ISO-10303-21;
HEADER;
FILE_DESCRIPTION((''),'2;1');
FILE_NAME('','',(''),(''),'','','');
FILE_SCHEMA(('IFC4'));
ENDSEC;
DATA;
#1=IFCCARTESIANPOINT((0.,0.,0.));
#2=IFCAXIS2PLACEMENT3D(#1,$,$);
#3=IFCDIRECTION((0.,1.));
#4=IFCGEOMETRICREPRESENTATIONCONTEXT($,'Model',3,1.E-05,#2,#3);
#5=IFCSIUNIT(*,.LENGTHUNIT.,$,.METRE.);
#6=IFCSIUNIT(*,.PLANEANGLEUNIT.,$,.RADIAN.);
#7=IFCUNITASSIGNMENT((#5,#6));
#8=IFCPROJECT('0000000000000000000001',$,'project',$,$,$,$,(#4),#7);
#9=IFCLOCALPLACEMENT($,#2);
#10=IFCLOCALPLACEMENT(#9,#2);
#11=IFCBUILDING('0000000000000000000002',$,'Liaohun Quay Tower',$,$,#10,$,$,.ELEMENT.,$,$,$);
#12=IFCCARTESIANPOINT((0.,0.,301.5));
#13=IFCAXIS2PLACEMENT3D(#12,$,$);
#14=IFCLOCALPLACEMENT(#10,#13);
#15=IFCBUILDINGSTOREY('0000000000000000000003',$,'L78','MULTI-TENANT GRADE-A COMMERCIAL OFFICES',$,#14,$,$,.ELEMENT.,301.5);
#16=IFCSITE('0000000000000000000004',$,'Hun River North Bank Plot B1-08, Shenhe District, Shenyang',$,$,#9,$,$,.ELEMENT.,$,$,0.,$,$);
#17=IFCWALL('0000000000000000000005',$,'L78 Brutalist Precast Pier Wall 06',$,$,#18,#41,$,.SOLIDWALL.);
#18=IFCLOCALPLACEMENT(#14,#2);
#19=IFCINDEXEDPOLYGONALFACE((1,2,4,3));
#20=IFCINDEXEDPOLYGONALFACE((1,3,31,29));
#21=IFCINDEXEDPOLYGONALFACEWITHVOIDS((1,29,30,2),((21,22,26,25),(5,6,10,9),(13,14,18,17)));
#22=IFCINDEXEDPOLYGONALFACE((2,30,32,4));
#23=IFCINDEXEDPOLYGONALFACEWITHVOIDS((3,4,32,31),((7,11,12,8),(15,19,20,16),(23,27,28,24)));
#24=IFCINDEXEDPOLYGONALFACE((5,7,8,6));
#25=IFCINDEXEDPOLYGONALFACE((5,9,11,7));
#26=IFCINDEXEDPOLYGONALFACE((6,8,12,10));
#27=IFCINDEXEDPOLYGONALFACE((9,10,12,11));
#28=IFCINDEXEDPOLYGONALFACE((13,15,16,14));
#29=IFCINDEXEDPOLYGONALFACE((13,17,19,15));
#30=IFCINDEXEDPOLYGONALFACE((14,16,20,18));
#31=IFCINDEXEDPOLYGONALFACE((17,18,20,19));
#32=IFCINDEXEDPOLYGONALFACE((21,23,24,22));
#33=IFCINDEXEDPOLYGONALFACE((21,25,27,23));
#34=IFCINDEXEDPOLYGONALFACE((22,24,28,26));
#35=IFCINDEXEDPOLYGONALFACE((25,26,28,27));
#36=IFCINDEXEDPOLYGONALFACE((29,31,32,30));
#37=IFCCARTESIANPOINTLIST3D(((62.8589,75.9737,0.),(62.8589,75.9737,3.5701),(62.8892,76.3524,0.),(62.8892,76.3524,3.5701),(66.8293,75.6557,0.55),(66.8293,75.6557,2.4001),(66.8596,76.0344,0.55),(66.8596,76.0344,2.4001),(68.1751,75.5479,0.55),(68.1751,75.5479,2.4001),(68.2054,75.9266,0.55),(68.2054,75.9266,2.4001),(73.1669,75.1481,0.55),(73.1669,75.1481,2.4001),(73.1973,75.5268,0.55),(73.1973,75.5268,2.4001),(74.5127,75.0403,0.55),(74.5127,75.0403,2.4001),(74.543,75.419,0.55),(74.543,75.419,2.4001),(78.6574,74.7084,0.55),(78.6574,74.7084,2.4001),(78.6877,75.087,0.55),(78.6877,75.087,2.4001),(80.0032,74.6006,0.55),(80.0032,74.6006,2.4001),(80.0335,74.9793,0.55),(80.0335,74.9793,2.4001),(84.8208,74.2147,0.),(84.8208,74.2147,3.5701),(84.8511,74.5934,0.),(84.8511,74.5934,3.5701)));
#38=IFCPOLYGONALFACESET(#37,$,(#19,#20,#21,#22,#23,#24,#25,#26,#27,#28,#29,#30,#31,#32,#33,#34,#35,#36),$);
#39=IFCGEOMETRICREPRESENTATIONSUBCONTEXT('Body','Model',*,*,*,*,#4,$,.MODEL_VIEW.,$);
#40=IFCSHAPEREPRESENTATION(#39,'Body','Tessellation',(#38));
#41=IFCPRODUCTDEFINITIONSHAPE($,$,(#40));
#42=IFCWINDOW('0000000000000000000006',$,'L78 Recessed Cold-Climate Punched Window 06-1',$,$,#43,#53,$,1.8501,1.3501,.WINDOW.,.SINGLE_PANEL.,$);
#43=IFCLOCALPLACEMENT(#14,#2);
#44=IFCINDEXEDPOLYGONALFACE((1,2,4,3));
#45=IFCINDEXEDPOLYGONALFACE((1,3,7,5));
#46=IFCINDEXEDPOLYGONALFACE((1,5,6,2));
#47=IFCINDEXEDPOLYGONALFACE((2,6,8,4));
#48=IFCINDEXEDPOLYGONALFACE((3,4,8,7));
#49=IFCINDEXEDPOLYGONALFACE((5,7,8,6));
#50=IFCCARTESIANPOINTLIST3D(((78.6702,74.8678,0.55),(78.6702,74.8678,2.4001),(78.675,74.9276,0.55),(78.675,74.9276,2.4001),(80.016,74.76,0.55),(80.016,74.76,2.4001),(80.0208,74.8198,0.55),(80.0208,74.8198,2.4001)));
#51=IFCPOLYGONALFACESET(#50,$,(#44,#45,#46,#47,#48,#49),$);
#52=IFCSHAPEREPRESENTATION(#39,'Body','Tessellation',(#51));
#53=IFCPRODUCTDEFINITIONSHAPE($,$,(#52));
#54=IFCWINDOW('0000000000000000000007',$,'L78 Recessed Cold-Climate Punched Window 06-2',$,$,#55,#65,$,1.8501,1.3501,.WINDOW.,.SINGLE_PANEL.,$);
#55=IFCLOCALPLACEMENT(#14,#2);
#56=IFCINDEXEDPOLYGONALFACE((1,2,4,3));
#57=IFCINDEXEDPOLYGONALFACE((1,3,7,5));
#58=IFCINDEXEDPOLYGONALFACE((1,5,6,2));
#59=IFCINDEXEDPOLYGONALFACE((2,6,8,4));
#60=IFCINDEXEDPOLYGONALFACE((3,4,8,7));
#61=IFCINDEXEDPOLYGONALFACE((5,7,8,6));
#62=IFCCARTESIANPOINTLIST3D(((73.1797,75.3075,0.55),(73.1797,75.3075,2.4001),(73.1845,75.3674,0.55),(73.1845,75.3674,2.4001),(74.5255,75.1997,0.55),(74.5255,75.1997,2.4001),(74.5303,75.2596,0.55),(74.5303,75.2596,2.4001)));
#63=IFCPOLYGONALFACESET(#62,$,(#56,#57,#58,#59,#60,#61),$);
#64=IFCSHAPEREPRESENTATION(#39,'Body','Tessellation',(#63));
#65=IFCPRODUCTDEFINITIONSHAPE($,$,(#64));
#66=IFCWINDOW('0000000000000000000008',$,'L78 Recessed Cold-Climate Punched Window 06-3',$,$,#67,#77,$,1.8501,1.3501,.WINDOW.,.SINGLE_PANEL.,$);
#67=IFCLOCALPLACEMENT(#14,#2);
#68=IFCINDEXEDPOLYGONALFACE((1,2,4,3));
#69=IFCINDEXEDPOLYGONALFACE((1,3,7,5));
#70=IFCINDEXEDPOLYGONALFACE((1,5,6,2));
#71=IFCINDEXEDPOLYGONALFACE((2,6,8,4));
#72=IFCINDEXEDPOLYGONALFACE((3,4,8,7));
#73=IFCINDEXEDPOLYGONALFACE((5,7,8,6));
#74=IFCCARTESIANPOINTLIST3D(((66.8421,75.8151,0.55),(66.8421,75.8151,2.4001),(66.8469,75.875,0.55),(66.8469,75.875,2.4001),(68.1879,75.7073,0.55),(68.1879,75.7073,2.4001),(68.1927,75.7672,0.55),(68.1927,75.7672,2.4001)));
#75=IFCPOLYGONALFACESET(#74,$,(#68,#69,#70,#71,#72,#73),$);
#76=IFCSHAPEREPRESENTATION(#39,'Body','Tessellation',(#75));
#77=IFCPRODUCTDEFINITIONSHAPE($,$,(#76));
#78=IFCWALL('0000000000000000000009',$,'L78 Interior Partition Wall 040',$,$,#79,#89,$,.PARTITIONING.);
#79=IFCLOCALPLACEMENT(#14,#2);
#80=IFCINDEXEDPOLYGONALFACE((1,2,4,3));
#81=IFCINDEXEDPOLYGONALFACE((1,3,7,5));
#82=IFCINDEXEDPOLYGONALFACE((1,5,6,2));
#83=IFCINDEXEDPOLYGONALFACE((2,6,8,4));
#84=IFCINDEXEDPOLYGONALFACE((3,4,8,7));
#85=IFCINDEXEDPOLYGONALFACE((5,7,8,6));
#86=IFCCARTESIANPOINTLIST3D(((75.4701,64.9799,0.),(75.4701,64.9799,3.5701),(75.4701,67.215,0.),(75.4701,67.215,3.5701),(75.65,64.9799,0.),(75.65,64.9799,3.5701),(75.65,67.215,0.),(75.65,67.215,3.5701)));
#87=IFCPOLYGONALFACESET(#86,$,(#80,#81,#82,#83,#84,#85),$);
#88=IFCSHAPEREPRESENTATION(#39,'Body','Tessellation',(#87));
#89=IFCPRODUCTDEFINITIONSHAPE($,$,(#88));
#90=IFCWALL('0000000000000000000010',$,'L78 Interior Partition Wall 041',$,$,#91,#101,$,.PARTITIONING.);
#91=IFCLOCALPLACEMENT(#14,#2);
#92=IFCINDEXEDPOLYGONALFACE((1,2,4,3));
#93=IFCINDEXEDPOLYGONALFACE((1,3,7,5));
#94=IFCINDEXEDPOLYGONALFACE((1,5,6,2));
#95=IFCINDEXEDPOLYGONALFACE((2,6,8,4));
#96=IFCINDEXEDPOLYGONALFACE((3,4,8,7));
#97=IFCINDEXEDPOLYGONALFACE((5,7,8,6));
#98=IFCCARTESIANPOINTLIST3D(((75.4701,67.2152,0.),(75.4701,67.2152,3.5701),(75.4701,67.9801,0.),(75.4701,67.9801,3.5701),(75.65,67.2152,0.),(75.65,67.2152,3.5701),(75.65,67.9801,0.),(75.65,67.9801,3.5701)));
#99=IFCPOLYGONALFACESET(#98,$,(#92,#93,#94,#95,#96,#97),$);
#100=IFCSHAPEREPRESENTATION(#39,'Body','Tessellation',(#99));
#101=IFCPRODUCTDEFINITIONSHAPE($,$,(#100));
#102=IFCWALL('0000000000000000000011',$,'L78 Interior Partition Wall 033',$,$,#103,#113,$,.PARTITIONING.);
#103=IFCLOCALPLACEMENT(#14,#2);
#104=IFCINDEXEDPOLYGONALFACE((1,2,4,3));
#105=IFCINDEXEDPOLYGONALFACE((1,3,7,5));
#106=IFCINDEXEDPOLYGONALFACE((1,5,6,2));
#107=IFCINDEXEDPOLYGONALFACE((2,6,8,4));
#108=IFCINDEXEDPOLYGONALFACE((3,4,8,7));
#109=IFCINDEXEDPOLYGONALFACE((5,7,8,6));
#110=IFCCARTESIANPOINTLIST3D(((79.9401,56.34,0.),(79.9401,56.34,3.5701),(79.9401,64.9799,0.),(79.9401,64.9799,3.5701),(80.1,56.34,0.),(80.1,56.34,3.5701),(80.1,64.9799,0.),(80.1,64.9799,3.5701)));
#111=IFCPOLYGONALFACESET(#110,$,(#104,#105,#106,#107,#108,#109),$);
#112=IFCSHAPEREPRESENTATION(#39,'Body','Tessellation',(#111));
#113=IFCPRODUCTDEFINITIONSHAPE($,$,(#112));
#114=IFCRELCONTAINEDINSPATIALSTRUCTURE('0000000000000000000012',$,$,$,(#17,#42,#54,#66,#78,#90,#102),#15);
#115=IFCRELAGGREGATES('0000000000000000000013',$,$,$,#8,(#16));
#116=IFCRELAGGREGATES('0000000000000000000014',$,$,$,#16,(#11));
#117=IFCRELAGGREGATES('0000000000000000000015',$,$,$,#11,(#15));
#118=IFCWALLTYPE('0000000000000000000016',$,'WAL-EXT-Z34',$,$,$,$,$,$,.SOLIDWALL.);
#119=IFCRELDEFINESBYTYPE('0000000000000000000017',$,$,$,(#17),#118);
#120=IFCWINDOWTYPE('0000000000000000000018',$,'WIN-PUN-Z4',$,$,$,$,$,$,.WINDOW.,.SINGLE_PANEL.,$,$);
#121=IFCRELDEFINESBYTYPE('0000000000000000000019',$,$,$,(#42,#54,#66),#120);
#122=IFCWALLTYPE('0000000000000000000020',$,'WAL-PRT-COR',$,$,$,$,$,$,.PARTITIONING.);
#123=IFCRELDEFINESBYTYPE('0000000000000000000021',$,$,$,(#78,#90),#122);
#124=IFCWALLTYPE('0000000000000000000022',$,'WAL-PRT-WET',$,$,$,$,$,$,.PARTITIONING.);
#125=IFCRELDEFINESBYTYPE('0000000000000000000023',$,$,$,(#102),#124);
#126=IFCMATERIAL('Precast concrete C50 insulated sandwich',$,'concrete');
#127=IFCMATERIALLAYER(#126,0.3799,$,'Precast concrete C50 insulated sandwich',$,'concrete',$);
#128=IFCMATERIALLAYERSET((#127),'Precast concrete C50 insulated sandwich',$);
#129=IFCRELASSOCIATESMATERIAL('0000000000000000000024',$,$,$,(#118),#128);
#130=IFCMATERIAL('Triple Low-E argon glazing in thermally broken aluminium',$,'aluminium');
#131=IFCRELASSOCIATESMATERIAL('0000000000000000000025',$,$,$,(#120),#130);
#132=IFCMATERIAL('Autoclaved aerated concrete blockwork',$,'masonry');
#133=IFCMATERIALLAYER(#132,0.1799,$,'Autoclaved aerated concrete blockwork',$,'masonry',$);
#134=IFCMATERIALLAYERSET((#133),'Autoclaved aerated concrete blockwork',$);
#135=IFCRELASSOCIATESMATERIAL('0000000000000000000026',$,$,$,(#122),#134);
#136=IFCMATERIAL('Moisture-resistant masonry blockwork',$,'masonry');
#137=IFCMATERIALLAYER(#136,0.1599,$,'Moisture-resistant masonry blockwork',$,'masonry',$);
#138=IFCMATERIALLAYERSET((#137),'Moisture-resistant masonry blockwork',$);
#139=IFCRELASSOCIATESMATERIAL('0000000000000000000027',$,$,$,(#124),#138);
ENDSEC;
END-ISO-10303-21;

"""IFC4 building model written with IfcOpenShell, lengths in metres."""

from ifc_helpers import new_model, si_unit, direction, frame, frame_2d, origin, place, context, subcontext, project, spatial, rectangle, extrude, source, transform, mapped, material, layer, layer_set, type_object, element, fill, save


model = new_model("IFC4")

# Units and contexts
model_context = context("Model", 3, precision=1e-05, world=origin(), true_north=direction((0.0, 1.0)))
body_context = subcontext(model_context, "Body", "Model", "MODEL_VIEW")
ifc_project = project(units=[si_unit("LENGTHUNIT", "METRE"), si_unit("PLANEANGLEUNIT", "RADIAN")], contexts=[model_context])

# Site, building, storey
site_placement = place(None, origin())
site = spatial("IfcSite", under=ifc_project, at=site_placement, Name="Hun River North Bank Plot B1-08, Shenhe District, Shenyang", CompositionType="ELEMENT", RefElevation=0.0)
building_placement = place(site_placement, origin())
building = spatial("IfcBuilding", under=site, at=building_placement, Name="Liaohun Quay Tower", CompositionType="ELEMENT")
storey_placement = place(building_placement, frame((0.0, 0.0, 301.5)))
storey = spatial("IfcBuildingStorey", under=building, at=storey_placement, Name="L78", Description="MULTI-TENANT GRADE-A COMMERCIAL OFFICES", CompositionType="ELEMENT", Elevation=301.5)

# Shared definitions
ifc_material_1 = material(Name="Precast concrete C50 insulated sandwich", Category="concrete")
ifc_layer_1 = layer(ifc_material_1, 0.3799, Name="Precast concrete C50 insulated sandwich", Category="concrete")
ifc_layer_set_1 = layer_set([ifc_layer_1], Name="Precast concrete C50 insulated sandwich")
wall_type_1 = type_object("IfcWallType", Name="WAL-EXT-Z34", PredefinedType="SOLIDWALL", material=ifc_layer_set_1)

# Wall, openings, windows
wall_1_placement = place(storey_placement, frame((84.8359, 74.4041, 0.0), z_axis=(0.0, 0.0, 1.0), x_axis=(-0.996808, 0.079839, 0.0)))
wall_1 = element("IfcWall", 1, at=wall_1_placement, inside=storey, type_object=wall_type_1, Name="L78 Brutalist Precast Pier Wall 06", PredefinedType="SOLIDWALL", context=body_context, shape_type="SweptSolid", body=[
    extrude(rectangle(XDim=22.0322, YDim=0.3799, at=frame_2d((11.0161, 0.0))), origin(), (0.0, 0.0, 1.0), 3.5701),
])
shared_shape_1 = source(origin(), body_context, "Body", "SweptSolid", [
    extrude(rectangle(XDim=1.3501, YDim=1.8501, at=frame_2d((0.675, 0.925))), frame((0.0, 0.2, 0.0), z_axis=(0.0, -1.0, 0.0), x_axis=(1.0, 0.0, 0.0)), (0.0, 0.0, 1.0), 0.3999),
])
opening_1_placement = place(wall_1_placement, frame((4.833, 0.0, 0.55)))
opening_1 = element("IfcOpeningElement", 2, at=opening_1_placement, cuts=wall_1, PredefinedType="OPENING", context=body_context, shape_type="MappedRepresentation", body=[
    mapped(shared_shape_1, transform((0.0, 0.0, 0.0), x_axis=(1.0, 0.0, 0.0), y_axis=(0.0, 1.0, 0.0), z_axis=(0.0, 0.0, 1.0), scale=1.0)),
])
opening_2_placement = place(wall_1_placement, frame((10.3411, 0.0, 0.55)))
opening_2 = element("IfcOpeningElement", 3, at=opening_2_placement, cuts=wall_1, PredefinedType="OPENING", context=body_context, shape_type="MappedRepresentation", body=[
    mapped(shared_shape_1, transform((0.0, 0.0, 0.0), x_axis=(1.0, 0.0, 0.0), y_axis=(0.0, 1.0, 0.0), z_axis=(0.0, 0.0, 1.0), scale=1.0)),
])
opening_3_placement = place(wall_1_placement, frame((16.699, 0.0, 0.55)))
opening_3 = element("IfcOpeningElement", 4, at=opening_3_placement, cuts=wall_1, PredefinedType="OPENING", context=body_context, shape_type="MappedRepresentation", body=[
    mapped(shared_shape_1, transform((0.0, 0.0, 0.0), x_axis=(1.0, 0.0, 0.0), y_axis=(0.0, 1.0, 0.0), z_axis=(0.0, 0.0, 1.0), scale=1.0)),
])
ifc_material_2 = material(Name="Triple Low-E argon glazing in thermally broken aluminium", Category="aluminium")
window_type_1 = type_object("IfcWindowType", Name="WIN-PUN-Z4", PartitioningType="SINGLE_PANEL", PredefinedType="WINDOW", material=ifc_material_2)
shared_shape_2 = source(origin(), body_context, "Body", "SweptSolid", [
    extrude(rectangle(XDim=1.3501, YDim=1.8501, at=frame_2d((0.675, 0.925))), frame((0.0, 0.03, 0.0), z_axis=(0.0, -1.0, 0.0), x_axis=(1.0, 0.0, 0.0)), (0.0, 0.0, 1.0), 0.0601),
])
window_1_placement = place(opening_1_placement, origin())
window_1 = element("IfcWindow", 5, at=window_1_placement, inside=storey, type_object=window_type_1, Name="L78 Recessed Cold-Climate Punched Window 06-1", OverallHeight=1.8501, OverallWidth=1.3501, PartitioningType="SINGLE_PANEL", PredefinedType="WINDOW", context=body_context, shape_type="MappedRepresentation", body=[
    mapped(shared_shape_2, transform((0.0, 0.0, 0.0), x_axis=(1.0, 0.0, 0.0), y_axis=(0.0, 1.0, 0.0), z_axis=(0.0, 0.0, 1.0), scale=1.0)),
])
fill(opening_1, window_1)
window_2_placement = place(opening_2_placement, origin())
window_2 = element("IfcWindow", 6, at=window_2_placement, inside=storey, type_object=window_type_1, Name="L78 Recessed Cold-Climate Punched Window 06-2", OverallHeight=1.8501, OverallWidth=1.3501, PartitioningType="SINGLE_PANEL", PredefinedType="WINDOW", context=body_context, shape_type="MappedRepresentation", body=[
    mapped(shared_shape_2, transform((0.0, 0.0, 0.0), x_axis=(1.0, 0.0, 0.0), y_axis=(0.0, 1.0, 0.0), z_axis=(0.0, 0.0, 1.0), scale=1.0)),
])
fill(opening_2, window_2)
window_3_placement = place(opening_3_placement, origin())
window_3 = element("IfcWindow", 7, at=window_3_placement, inside=storey, type_object=window_type_1, Name="L78 Recessed Cold-Climate Punched Window 06-3", OverallHeight=1.8501, OverallWidth=1.3501, PartitioningType="SINGLE_PANEL", PredefinedType="WINDOW", context=body_context, shape_type="MappedRepresentation", body=[
    mapped(shared_shape_2, transform((0.0, 0.0, 0.0), x_axis=(1.0, 0.0, 0.0), y_axis=(0.0, 1.0, 0.0), z_axis=(0.0, 0.0, 1.0), scale=1.0)),
])
fill(opening_3, window_3)

# Walls
ifc_material_3 = material(Name="Autoclaved aerated concrete blockwork", Category="masonry")
ifc_layer_2 = layer(ifc_material_3, 0.1799, Name="Autoclaved aerated concrete blockwork", Category="masonry")
ifc_layer_set_2 = layer_set([ifc_layer_2], Name="Autoclaved aerated concrete blockwork")
wall_type_2 = type_object("IfcWallType", Name="WAL-PRT-COR", PredefinedType="PARTITIONING", material=ifc_layer_set_2)
wall_2_placement = place(storey_placement, frame((75.5601, 67.2151, 0.0), z_axis=(0.0, 0.0, 1.0), x_axis=(0.0, -1.0, 0.0)))
element("IfcWall", 8, at=wall_2_placement, inside=storey, type_object=wall_type_2, Name="L78 Interior Partition Wall 040", PredefinedType="PARTITIONING", context=body_context, shape_type="SweptSolid", body=[
    extrude(rectangle(XDim=2.2351, YDim=0.1799, at=frame_2d((1.1177, 0.0))), origin(), (0.0, 0.0, 1.0), 3.5701),
])
wall_3_placement = place(storey_placement, frame((75.5601, 67.98, 0.0), z_axis=(0.0, 0.0, 1.0), x_axis=(0.0, -1.0, 0.0)))
element("IfcWall", 9, at=wall_3_placement, inside=storey, type_object=wall_type_2, Name="L78 Interior Partition Wall 041", PredefinedType="PARTITIONING", context=body_context, shape_type="SweptSolid", body=[
    extrude(rectangle(XDim=0.7649, YDim=0.1799, at=frame_2d((0.3823, 0.0))), origin(), (0.0, 0.0, 1.0), 3.5701),
])
ifc_material_4 = material(Name="Moisture-resistant masonry blockwork", Category="masonry")
ifc_layer_3 = layer(ifc_material_4, 0.1599, Name="Moisture-resistant masonry blockwork", Category="masonry")
ifc_layer_set_3 = layer_set([ifc_layer_3], Name="Moisture-resistant masonry blockwork")
wall_type_3 = type_object("IfcWallType", Name="WAL-PRT-WET", PredefinedType="PARTITIONING", material=ifc_layer_set_3)
wall_4_placement = place(storey_placement, frame((80.02, 56.3401, 0.0), z_axis=(0.0, 0.0, 1.0), x_axis=(0.0, 1.0, 0.0)))
element("IfcWall", 10, at=wall_4_placement, inside=storey, type_object=wall_type_3, Name="L78 Interior Partition Wall 033", PredefinedType="PARTITIONING", context=body_context, shape_type="SweptSolid", body=[
    extrude(rectangle(XDim=8.6399, YDim=0.1599, at=frame_2d((4.3198, 0.0))), origin(), (0.0, 0.0, 1.0), 3.5701),
])

save(model, "model.ifc")
